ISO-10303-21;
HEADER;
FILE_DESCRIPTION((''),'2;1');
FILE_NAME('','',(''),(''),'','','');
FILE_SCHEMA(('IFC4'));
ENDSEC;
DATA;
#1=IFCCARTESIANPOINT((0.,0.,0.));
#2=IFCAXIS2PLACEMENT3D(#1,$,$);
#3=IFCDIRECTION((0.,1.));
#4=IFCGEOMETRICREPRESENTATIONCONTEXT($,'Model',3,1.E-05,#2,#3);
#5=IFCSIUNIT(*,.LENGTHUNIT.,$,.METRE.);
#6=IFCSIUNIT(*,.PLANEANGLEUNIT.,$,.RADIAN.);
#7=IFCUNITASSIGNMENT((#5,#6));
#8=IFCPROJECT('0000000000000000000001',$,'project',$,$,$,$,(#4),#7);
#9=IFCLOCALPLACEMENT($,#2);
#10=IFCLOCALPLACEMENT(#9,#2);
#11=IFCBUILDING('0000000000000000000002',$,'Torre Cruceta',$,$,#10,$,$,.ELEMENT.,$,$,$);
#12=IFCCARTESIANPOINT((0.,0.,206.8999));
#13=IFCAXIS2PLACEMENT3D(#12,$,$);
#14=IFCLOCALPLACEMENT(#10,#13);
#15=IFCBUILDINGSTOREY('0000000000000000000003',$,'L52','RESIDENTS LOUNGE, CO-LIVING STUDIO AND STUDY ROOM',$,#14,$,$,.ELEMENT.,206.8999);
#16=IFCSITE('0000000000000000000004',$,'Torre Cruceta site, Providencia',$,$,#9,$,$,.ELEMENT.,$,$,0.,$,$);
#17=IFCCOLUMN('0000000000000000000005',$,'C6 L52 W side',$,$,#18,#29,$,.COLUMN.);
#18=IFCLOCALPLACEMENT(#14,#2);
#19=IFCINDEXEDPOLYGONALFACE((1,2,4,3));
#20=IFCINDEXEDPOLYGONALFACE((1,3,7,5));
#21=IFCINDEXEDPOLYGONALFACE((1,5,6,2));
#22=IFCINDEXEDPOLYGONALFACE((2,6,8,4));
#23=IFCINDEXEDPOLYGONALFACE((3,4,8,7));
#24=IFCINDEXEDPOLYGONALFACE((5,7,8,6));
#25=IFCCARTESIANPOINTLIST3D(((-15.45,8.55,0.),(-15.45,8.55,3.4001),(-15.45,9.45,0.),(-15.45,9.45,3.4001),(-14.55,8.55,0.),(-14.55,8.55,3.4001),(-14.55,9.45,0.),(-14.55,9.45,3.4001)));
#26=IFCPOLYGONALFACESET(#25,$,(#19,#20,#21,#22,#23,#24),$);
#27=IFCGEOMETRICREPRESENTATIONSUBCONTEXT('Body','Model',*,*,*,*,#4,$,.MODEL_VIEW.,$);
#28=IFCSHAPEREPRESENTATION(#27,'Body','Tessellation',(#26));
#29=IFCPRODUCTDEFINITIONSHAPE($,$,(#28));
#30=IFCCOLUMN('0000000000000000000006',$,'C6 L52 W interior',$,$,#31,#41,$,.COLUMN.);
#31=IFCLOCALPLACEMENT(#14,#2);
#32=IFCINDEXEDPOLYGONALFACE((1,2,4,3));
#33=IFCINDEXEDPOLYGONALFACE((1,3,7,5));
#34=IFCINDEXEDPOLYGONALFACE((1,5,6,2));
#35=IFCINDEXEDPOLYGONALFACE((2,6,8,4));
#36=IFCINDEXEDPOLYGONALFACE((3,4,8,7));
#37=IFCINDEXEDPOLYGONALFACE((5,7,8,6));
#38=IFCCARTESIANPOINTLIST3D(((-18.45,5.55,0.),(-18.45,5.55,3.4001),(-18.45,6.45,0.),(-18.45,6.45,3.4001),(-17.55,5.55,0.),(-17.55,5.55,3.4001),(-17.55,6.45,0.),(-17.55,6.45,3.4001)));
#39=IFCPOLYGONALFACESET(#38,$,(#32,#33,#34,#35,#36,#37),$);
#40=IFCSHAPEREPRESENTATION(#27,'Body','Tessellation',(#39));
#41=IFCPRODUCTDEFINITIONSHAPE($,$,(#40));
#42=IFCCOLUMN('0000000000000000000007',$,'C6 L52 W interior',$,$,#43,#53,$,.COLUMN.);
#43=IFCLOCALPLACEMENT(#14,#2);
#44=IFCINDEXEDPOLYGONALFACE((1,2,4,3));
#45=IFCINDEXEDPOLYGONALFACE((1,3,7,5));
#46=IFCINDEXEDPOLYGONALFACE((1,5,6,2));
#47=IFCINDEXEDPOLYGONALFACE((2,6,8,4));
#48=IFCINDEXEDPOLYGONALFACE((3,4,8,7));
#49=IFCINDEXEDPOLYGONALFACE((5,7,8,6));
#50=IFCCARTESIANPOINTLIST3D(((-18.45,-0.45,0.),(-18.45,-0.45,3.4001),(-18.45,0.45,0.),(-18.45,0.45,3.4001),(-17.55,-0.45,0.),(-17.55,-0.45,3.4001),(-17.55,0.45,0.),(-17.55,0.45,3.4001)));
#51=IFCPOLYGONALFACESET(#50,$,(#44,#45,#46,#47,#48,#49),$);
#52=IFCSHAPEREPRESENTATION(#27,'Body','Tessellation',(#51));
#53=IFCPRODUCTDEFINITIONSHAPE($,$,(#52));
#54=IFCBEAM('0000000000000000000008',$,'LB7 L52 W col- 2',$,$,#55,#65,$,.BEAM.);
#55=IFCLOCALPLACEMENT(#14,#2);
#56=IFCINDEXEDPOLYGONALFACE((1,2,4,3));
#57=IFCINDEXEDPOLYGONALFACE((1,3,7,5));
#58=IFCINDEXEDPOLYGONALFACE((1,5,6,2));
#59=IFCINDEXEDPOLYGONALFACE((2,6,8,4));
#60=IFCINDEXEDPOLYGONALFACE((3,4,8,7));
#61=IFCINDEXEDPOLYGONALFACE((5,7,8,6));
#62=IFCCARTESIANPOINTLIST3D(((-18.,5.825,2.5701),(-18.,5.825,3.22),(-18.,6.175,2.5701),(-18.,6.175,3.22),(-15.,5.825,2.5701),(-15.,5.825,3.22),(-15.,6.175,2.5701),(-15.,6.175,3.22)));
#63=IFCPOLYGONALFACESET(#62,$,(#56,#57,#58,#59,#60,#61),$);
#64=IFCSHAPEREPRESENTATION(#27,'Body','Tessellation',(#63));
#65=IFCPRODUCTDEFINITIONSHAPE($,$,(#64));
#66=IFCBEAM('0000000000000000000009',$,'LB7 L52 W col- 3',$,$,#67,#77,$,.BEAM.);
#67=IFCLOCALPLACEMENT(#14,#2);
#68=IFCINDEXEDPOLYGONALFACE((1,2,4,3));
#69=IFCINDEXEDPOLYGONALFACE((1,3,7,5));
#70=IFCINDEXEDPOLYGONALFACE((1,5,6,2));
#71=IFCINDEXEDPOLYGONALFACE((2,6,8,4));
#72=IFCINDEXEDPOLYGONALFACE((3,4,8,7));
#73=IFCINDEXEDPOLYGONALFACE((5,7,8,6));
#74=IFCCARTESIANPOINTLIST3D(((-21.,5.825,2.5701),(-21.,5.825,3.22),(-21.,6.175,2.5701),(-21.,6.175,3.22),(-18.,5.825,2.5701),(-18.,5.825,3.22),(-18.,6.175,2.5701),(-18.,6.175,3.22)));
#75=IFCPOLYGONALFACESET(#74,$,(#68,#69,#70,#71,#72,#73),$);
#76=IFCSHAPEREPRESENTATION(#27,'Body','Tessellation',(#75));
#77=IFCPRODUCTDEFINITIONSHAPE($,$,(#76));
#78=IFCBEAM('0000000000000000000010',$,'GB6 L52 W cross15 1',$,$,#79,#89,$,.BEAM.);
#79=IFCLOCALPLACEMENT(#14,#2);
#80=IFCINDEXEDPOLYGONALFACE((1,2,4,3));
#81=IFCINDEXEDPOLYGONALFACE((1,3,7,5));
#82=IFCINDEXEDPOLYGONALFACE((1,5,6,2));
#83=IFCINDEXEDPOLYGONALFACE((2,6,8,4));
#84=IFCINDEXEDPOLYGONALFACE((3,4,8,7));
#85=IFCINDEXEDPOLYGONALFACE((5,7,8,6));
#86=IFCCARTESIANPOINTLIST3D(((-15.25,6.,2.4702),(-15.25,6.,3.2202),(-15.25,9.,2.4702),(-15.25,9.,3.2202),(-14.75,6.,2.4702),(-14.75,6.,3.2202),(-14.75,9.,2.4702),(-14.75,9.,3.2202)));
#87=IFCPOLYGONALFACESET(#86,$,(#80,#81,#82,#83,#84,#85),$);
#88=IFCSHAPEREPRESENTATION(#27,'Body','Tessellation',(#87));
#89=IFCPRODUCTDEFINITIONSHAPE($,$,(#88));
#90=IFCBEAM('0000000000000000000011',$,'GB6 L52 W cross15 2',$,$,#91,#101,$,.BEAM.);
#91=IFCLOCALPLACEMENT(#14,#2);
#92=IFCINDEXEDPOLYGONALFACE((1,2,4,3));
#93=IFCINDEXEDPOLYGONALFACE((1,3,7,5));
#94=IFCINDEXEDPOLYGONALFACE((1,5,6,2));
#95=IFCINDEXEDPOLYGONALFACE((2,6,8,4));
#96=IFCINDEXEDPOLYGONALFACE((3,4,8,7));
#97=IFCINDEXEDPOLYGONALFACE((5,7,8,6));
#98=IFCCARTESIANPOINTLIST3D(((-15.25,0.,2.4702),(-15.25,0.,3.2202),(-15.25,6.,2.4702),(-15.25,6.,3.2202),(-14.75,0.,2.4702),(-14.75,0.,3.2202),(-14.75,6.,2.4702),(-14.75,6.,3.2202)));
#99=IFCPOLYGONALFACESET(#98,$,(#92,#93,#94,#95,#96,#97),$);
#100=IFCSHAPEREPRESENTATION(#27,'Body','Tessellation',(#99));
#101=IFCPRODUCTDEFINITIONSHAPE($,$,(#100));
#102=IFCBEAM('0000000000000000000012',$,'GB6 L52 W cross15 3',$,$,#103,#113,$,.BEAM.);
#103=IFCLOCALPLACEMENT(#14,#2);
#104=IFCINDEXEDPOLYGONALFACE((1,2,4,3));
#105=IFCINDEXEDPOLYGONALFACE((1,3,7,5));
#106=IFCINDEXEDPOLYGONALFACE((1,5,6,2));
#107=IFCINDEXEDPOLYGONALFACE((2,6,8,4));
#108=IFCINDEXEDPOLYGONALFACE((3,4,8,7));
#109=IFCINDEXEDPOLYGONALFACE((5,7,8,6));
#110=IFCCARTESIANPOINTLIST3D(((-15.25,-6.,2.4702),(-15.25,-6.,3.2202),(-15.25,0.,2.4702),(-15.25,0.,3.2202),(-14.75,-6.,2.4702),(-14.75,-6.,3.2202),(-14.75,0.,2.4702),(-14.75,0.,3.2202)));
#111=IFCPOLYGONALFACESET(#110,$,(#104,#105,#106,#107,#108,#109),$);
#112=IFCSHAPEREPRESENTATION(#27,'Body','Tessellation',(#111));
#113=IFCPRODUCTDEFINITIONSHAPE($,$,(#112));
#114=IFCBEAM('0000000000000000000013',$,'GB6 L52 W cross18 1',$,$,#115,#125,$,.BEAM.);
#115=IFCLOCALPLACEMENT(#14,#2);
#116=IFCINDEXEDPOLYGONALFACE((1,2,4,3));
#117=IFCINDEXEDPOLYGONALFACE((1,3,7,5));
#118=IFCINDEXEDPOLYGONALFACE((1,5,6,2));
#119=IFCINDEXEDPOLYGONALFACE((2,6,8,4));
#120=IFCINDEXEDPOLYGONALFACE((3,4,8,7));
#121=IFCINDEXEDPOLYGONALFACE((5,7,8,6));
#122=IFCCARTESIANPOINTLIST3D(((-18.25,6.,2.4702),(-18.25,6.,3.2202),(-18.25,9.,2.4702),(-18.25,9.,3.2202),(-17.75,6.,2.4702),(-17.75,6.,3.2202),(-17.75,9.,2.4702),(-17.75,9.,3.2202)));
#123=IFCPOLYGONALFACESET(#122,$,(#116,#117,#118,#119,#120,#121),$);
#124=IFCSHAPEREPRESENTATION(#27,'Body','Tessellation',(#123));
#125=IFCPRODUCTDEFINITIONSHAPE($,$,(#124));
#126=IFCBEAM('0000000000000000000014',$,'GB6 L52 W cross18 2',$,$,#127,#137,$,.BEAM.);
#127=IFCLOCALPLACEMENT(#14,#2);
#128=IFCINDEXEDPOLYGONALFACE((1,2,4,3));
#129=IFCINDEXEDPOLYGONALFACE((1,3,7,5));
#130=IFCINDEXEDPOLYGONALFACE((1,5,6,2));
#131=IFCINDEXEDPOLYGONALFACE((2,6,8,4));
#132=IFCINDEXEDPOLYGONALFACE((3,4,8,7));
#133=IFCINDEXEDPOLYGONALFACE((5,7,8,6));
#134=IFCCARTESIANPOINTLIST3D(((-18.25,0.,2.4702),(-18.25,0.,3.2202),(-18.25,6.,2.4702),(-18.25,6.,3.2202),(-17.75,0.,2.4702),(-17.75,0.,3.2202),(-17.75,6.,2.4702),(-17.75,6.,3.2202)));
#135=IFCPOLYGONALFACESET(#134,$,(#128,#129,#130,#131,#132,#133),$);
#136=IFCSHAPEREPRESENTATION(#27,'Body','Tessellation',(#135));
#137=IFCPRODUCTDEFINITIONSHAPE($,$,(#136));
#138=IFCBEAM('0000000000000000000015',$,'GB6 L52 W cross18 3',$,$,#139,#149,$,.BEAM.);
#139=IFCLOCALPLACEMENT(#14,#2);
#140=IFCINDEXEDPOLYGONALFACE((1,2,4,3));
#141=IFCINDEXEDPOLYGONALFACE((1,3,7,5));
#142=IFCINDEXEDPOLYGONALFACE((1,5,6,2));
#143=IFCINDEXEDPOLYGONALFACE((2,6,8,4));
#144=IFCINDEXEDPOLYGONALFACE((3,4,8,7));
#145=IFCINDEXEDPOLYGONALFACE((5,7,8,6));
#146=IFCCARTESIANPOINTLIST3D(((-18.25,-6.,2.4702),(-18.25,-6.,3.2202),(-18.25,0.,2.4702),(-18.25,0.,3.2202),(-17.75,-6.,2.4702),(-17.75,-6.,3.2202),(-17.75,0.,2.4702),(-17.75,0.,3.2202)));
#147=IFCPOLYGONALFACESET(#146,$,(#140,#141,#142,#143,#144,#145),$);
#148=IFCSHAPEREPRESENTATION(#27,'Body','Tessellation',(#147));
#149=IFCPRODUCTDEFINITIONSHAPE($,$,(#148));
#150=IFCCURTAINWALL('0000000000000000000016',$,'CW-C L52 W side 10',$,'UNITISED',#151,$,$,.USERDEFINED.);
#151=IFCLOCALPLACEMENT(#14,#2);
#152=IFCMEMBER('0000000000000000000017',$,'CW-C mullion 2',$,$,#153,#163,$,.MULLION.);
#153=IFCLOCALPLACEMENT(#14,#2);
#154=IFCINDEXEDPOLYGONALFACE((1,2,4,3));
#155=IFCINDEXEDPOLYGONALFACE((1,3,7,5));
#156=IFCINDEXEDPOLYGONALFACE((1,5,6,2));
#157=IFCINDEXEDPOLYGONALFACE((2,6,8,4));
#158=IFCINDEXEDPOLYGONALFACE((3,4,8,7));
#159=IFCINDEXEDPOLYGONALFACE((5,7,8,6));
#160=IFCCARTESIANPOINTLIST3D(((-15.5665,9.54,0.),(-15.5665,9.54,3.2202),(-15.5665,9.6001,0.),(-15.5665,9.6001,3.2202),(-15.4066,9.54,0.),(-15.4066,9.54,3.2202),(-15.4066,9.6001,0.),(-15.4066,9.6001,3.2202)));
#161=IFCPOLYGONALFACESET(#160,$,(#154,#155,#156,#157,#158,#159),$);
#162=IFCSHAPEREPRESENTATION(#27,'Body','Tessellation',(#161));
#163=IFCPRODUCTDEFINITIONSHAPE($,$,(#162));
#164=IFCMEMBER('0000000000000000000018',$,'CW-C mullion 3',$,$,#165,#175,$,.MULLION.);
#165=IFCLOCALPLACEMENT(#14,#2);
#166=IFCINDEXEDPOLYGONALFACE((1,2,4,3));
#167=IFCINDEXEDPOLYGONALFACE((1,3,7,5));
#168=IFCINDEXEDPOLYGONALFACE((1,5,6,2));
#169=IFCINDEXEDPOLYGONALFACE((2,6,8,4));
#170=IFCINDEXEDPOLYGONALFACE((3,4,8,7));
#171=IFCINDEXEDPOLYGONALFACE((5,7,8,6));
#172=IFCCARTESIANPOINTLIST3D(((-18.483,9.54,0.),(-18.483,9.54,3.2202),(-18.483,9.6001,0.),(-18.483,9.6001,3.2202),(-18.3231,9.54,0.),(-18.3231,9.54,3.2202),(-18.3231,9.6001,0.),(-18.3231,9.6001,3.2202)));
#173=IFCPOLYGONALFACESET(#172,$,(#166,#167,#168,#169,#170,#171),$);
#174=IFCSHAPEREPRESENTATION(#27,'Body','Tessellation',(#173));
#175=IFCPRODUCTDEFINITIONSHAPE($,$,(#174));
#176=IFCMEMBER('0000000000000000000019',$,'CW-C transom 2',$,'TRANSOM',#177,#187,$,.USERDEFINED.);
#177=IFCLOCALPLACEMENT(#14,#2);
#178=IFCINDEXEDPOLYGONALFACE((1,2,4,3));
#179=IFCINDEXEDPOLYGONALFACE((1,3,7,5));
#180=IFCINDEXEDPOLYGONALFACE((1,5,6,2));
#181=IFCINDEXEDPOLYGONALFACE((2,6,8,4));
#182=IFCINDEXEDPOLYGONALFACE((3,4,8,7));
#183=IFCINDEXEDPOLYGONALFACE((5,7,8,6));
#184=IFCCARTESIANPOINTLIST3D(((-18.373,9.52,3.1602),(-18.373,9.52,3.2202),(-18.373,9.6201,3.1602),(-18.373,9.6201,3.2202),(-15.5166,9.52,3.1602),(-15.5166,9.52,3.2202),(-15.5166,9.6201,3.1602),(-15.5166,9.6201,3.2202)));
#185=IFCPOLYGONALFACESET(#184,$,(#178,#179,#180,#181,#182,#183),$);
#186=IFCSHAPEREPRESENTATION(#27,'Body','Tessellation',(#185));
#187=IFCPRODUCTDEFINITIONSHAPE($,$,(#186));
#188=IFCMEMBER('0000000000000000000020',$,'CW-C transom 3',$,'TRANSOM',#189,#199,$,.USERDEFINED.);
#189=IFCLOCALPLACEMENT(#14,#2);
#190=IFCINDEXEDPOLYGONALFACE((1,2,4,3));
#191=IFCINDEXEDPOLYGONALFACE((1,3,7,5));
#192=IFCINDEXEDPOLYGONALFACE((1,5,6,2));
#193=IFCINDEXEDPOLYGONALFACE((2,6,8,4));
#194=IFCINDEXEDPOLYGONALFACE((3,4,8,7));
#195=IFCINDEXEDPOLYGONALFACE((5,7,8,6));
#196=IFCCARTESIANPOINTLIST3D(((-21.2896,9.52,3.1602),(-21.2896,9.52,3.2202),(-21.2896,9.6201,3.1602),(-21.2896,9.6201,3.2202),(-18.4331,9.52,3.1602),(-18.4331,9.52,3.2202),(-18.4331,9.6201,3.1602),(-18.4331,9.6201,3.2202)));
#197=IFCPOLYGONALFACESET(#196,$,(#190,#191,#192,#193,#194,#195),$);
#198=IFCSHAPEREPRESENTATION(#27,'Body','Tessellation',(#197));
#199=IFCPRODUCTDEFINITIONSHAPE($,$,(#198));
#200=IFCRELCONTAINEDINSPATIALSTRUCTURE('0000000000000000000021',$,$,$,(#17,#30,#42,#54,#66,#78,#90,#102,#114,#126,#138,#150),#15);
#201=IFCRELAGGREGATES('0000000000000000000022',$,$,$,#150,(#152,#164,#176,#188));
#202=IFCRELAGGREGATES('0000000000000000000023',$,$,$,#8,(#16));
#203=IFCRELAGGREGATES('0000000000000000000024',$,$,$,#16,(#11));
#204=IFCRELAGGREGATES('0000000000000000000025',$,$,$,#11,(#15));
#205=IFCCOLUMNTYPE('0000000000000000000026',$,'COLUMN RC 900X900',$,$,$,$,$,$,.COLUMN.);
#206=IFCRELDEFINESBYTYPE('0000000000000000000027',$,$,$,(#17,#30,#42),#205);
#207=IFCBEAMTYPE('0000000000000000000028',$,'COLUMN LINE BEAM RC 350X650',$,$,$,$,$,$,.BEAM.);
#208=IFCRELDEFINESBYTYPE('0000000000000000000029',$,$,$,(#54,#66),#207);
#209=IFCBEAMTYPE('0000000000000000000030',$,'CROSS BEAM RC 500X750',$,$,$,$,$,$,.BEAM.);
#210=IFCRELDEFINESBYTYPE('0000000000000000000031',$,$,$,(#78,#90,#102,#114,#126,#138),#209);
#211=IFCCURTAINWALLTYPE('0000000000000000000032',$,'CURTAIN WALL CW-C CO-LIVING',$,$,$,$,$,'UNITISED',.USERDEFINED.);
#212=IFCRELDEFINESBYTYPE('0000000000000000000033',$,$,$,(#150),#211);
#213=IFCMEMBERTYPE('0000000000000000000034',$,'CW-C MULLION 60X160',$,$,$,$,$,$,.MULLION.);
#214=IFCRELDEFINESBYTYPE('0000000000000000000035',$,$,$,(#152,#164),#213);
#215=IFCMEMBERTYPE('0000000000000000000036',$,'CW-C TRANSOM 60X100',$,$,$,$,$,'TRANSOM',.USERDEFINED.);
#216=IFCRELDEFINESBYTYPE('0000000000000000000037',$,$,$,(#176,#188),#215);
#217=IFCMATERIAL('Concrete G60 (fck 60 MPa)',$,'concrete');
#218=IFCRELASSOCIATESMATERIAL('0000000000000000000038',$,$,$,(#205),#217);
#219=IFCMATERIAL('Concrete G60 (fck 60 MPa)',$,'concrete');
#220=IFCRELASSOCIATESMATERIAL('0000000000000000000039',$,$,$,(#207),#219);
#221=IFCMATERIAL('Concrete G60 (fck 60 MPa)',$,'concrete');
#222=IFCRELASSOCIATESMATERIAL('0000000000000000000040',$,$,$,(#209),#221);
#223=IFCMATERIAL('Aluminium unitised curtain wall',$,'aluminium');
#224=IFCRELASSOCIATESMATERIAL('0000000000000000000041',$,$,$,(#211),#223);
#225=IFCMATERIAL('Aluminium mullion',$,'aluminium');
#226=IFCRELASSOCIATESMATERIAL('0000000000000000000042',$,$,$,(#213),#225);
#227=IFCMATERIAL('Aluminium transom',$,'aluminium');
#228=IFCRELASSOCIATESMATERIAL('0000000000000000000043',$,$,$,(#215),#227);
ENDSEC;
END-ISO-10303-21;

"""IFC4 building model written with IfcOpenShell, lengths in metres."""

from ifc_helpers import new_model, si_unit, direction, frame, origin, origin_2d, place, context, subcontext, project, spatial, rectangle, extrude, material, material_profile, profile_set, type_object, element, aggregate, save


model = new_model("IFC4")

# Units and contexts
model_context = context("Model", 3, precision=1e-05, world=origin(), true_north=direction((0.0, 1.0)))
body_context = subcontext(model_context, "Body", "Model", "MODEL_VIEW")
ifc_project = project(units=[si_unit("LENGTHUNIT", "METRE"), si_unit("PLANEANGLEUNIT", "RADIAN")], contexts=[model_context])

# Site, building, storey
site_placement = place(None, origin())
site = spatial("IfcSite", under=ifc_project, at=site_placement, Name="Torre Cruceta site, Providencia", CompositionType="ELEMENT", RefElevation=0.0)
building_placement = place(site_placement, origin())
building = spatial("IfcBuilding", under=site, at=building_placement, Name="Torre Cruceta", CompositionType="ELEMENT")
storey_placement = place(building_placement, frame((0.0, 0.0, 206.8999)))
storey = spatial("IfcBuildingStorey", under=building, at=storey_placement, Name="L52", Description="RESIDENTS LOUNGE, CO-LIVING STUDIO AND STUDY ROOM", CompositionType="ELEMENT", Elevation=206.8999)

# Columns
ifc_material_1 = material(Name="Concrete G60 (fck 60 MPa)", Category="concrete")
ifc_material_profile_1 = material_profile(ifc_material_1, rectangle(XDim=0.8999, YDim=0.8999, at=origin_2d()), Name="RC 900X900")
ifc_profile_set_1 = profile_set([ifc_material_profile_1], Name="Concrete G60 (fck 60 MPa)")
column_type = type_object("IfcColumnType", Name="COLUMN RC 900X900", PredefinedType="COLUMN", material=ifc_profile_set_1)
for number, where, z_axis, x_axis, name in (
    (1, (-15.0, 9.0, 0.0), (0.0, 0.0, 1.0), (1.0, 0.0, 0.0), "C6 L52 W side"),
    (2, (-18.0, 6.0, 0.0), (0.0, 0.0, 1.0), (1.0, 0.0, 0.0), "C6 L52 W interior"),
    (3, (-18.0, 0.0, 0.0), (0.0, 0.0, 1.0), (1.0, 0.0, 0.0), "C6 L52 W interior"),
):
    element("IfcColumn", number, at=place(storey_placement, frame(where, z_axis=z_axis, x_axis=x_axis)), inside=storey, type_object=column_type, Name=name, PredefinedType="COLUMN", context=body_context, shape_type="SweptSolid", body=[
        extrude(rectangle(XDim=0.8999, YDim=0.8999, at=origin_2d()), origin(), (0.0, 0.0, 1.0), 3.4001),
    ])

# Beams
ifc_material_2 = material(Name="Concrete G60 (fck 60 MPa)", Category="concrete")
ifc_material_profile_2 = material_profile(ifc_material_2, rectangle(XDim=0.3501, YDim=0.6499, at=origin_2d()), Name="RC 350X650")
ifc_profile_set_2 = profile_set([ifc_material_profile_2], Name="Concrete G60 (fck 60 MPa)")
beam_type_1 = type_object("IfcBeamType", Name="COLUMN LINE BEAM RC 350X650", PredefinedType="BEAM", material=ifc_profile_set_2)
for number, where, z_axis, x_axis, name in (
    (4, (-15.0, 6.0, 2.895), (-1.0, 0.0, 0.0), (0.0, -1.0, 0.0), "LB7 L52 W col- 2"),
    (5, (-18.0, 6.0, 2.895), (-1.0, 0.0, 0.0), (0.0, -1.0, 0.0), "LB7 L52 W col- 3"),
):
    element("IfcBeam", number, at=place(storey_placement, frame(where, z_axis=z_axis, x_axis=x_axis)), inside=storey, type_object=beam_type_1, Name=name, PredefinedType="BEAM", context=body_context, shape_type="SweptSolid", body=[
        extrude(rectangle(XDim=0.3501, YDim=0.6499, at=origin_2d()), origin(), (0.0, 0.0, 1.0), 3.0),
    ])
ifc_material_3 = material(Name="Concrete G60 (fck 60 MPa)", Category="concrete")
ifc_material_profile_3 = material_profile(ifc_material_3, rectangle(XDim=0.5, YDim=0.75, at=origin_2d()), Name="RC 500X750")
ifc_profile_set_3 = profile_set([ifc_material_profile_3], Name="Concrete G60 (fck 60 MPa)")
beam_type_2 = type_object("IfcBeamType", Name="CROSS BEAM RC 500X750", PredefinedType="BEAM", material=ifc_profile_set_3)
beam_1_placement = place(storey_placement, frame((-15.0, 9.0, 2.8452), z_axis=(0.0, -1.0, 0.0), x_axis=(1.0, 0.0, 0.0)))
element("IfcBeam", 6, at=beam_1_placement, inside=storey, type_object=beam_type_2, Name="GB6 L52 W cross15 1", PredefinedType="BEAM", context=body_context, shape_type="SweptSolid", body=[
    extrude(rectangle(XDim=0.5, YDim=0.75, at=origin_2d()), origin(), (0.0, 0.0, 1.0), 3.0),
])
for number, where, z_axis, x_axis, name in (
    (7, (-15.0, 6.0, 2.8452), (0.0, -1.0, 0.0), (1.0, 0.0, 0.0), "GB6 L52 W cross15 2"),
    (8, (-15.0, 0.0, 2.8452), (0.0, -1.0, 0.0), (1.0, 0.0, 0.0), "GB6 L52 W cross15 3"),
):
    element("IfcBeam", number, at=place(storey_placement, frame(where, z_axis=z_axis, x_axis=x_axis)), inside=storey, type_object=beam_type_2, Name=name, PredefinedType="BEAM", context=body_context, shape_type="SweptSolid", body=[
        extrude(rectangle(XDim=0.5, YDim=0.75, at=origin_2d()), origin(), (0.0, 0.0, 1.0), 6.0),
    ])
beam_2_placement = place(storey_placement, frame((-18.0, 9.0, 2.8452), z_axis=(0.0, -1.0, 0.0), x_axis=(1.0, 0.0, 0.0)))
element("IfcBeam", 9, at=beam_2_placement, inside=storey, type_object=beam_type_2, Name="GB6 L52 W cross18 1", PredefinedType="BEAM", context=body_context, shape_type="SweptSolid", body=[
    extrude(rectangle(XDim=0.5, YDim=0.75, at=origin_2d()), origin(), (0.0, 0.0, 1.0), 3.0),
])
for number, where, z_axis, x_axis, name in (
    (10, (-18.0, 6.0, 2.8452), (0.0, -1.0, 0.0), (1.0, 0.0, 0.0), "GB6 L52 W cross18 2"),
    (11, (-18.0, 0.0, 2.8452), (0.0, -1.0, 0.0), (1.0, 0.0, 0.0), "GB6 L52 W cross18 3"),
):
    element("IfcBeam", number, at=place(storey_placement, frame(where, z_axis=z_axis, x_axis=x_axis)), inside=storey, type_object=beam_type_2, Name=name, PredefinedType="BEAM", context=body_context, shape_type="SweptSolid", body=[
        extrude(rectangle(XDim=0.5, YDim=0.75, at=origin_2d()), origin(), (0.0, 0.0, 1.0), 6.0),
    ])

# Curtain wall, members
ifc_material_4 = material(Name="Aluminium unitised curtain wall", Category="aluminium")
curtain_wall_type = type_object("IfcCurtainWallType", Name="CURTAIN WALL CW-C CO-LIVING", ElementType="UNITISED", PredefinedType="USERDEFINED", material=ifc_material_4)
curtain_wall_placement = place(storey_placement, origin())
curtain_wall = element("IfcCurtainWall", 12, at=curtain_wall_placement, inside=storey, type_object=curtain_wall_type, Name="CW-C L52 W side 10", ObjectType="UNITISED", PredefinedType="USERDEFINED")
ifc_material_5 = material(Name="Aluminium mullion", Category="aluminium")
ifc_material_profile_4 = material_profile(ifc_material_5, rectangle(XDim=0.0601, YDim=0.1599, at=origin_2d()), Name="AL 60X160")
ifc_profile_set_4 = profile_set([ifc_material_profile_4], Name="Aluminium mullion")
member_type_1 = type_object("IfcMemberType", Name="CW-C MULLION 60X160", PredefinedType="MULLION", material=ifc_profile_set_4)
member_1_placement = place(storey_placement, frame((-15.4866, 9.5701, 0.0), z_axis=(0.0, 0.0, 1.0), x_axis=(0.0, -1.0, 0.0)))
member_1 = element("IfcMember", 13, at=member_1_placement, type_object=member_type_1, Name="CW-C mullion 2", PredefinedType="MULLION", context=body_context, shape_type="SweptSolid", body=[
    extrude(rectangle(XDim=0.0601, YDim=0.1599, at=origin_2d()), origin(), (0.0, 0.0, 1.0), 3.2202),
])
member_2_placement = place(storey_placement, frame((-18.4031, 9.5701, 0.0), z_axis=(0.0, 0.0, 1.0), x_axis=(0.0, -1.0, 0.0)))
member_2 = element("IfcMember", 14, at=member_2_placement, type_object=member_type_1, Name="CW-C mullion 3", PredefinedType="MULLION", context=body_context, shape_type="SweptSolid", body=[
    extrude(rectangle(XDim=0.0601, YDim=0.1599, at=origin_2d()), origin(), (0.0, 0.0, 1.0), 3.2202),
])
ifc_material_6 = material(Name="Aluminium transom", Category="aluminium")
ifc_material_profile_5 = material_profile(ifc_material_6, rectangle(XDim=0.1001, YDim=0.0601, at=origin_2d()), Name="AL 100X60")
ifc_profile_set_5 = profile_set([ifc_material_profile_5], Name="Aluminium transom")
member_type_2 = type_object("IfcMemberType", Name="CW-C TRANSOM 60X100", ElementType="TRANSOM", PredefinedType="USERDEFINED", material=ifc_profile_set_5)
member_3_placement = place(storey_placement, frame((-15.5166, 9.5701, 3.1902), z_axis=(-1.0, 0.0, 0.0), x_axis=(0.0, -1.0, 0.0)))
member_3 = element("IfcMember", 15, at=member_3_placement, type_object=member_type_2, Name="CW-C transom 2", ObjectType="TRANSOM", PredefinedType="USERDEFINED", context=body_context, shape_type="SweptSolid", body=[
    extrude(rectangle(XDim=0.1001, YDim=0.0601, at=origin_2d()), origin(), (0.0, 0.0, 1.0), 2.8564),
])
member_4_placement = place(storey_placement, frame((-18.4331, 9.5701, 3.1902), z_axis=(-1.0, 0.0, 0.0), x_axis=(0.0, -1.0, 0.0)))
member_4 = element("IfcMember", 16, at=member_4_placement, type_object=member_type_2, Name="CW-C transom 3", ObjectType="TRANSOM", PredefinedType="USERDEFINED", context=body_context, shape_type="SweptSolid", body=[
    extrude(rectangle(XDim=0.1001, YDim=0.0601, at=origin_2d()), origin(), (0.0, 0.0, 1.0), 2.8564),
])

aggregate(curtain_wall, [member_1, member_2, member_3, member_4])

save(model, "model.ifc")
